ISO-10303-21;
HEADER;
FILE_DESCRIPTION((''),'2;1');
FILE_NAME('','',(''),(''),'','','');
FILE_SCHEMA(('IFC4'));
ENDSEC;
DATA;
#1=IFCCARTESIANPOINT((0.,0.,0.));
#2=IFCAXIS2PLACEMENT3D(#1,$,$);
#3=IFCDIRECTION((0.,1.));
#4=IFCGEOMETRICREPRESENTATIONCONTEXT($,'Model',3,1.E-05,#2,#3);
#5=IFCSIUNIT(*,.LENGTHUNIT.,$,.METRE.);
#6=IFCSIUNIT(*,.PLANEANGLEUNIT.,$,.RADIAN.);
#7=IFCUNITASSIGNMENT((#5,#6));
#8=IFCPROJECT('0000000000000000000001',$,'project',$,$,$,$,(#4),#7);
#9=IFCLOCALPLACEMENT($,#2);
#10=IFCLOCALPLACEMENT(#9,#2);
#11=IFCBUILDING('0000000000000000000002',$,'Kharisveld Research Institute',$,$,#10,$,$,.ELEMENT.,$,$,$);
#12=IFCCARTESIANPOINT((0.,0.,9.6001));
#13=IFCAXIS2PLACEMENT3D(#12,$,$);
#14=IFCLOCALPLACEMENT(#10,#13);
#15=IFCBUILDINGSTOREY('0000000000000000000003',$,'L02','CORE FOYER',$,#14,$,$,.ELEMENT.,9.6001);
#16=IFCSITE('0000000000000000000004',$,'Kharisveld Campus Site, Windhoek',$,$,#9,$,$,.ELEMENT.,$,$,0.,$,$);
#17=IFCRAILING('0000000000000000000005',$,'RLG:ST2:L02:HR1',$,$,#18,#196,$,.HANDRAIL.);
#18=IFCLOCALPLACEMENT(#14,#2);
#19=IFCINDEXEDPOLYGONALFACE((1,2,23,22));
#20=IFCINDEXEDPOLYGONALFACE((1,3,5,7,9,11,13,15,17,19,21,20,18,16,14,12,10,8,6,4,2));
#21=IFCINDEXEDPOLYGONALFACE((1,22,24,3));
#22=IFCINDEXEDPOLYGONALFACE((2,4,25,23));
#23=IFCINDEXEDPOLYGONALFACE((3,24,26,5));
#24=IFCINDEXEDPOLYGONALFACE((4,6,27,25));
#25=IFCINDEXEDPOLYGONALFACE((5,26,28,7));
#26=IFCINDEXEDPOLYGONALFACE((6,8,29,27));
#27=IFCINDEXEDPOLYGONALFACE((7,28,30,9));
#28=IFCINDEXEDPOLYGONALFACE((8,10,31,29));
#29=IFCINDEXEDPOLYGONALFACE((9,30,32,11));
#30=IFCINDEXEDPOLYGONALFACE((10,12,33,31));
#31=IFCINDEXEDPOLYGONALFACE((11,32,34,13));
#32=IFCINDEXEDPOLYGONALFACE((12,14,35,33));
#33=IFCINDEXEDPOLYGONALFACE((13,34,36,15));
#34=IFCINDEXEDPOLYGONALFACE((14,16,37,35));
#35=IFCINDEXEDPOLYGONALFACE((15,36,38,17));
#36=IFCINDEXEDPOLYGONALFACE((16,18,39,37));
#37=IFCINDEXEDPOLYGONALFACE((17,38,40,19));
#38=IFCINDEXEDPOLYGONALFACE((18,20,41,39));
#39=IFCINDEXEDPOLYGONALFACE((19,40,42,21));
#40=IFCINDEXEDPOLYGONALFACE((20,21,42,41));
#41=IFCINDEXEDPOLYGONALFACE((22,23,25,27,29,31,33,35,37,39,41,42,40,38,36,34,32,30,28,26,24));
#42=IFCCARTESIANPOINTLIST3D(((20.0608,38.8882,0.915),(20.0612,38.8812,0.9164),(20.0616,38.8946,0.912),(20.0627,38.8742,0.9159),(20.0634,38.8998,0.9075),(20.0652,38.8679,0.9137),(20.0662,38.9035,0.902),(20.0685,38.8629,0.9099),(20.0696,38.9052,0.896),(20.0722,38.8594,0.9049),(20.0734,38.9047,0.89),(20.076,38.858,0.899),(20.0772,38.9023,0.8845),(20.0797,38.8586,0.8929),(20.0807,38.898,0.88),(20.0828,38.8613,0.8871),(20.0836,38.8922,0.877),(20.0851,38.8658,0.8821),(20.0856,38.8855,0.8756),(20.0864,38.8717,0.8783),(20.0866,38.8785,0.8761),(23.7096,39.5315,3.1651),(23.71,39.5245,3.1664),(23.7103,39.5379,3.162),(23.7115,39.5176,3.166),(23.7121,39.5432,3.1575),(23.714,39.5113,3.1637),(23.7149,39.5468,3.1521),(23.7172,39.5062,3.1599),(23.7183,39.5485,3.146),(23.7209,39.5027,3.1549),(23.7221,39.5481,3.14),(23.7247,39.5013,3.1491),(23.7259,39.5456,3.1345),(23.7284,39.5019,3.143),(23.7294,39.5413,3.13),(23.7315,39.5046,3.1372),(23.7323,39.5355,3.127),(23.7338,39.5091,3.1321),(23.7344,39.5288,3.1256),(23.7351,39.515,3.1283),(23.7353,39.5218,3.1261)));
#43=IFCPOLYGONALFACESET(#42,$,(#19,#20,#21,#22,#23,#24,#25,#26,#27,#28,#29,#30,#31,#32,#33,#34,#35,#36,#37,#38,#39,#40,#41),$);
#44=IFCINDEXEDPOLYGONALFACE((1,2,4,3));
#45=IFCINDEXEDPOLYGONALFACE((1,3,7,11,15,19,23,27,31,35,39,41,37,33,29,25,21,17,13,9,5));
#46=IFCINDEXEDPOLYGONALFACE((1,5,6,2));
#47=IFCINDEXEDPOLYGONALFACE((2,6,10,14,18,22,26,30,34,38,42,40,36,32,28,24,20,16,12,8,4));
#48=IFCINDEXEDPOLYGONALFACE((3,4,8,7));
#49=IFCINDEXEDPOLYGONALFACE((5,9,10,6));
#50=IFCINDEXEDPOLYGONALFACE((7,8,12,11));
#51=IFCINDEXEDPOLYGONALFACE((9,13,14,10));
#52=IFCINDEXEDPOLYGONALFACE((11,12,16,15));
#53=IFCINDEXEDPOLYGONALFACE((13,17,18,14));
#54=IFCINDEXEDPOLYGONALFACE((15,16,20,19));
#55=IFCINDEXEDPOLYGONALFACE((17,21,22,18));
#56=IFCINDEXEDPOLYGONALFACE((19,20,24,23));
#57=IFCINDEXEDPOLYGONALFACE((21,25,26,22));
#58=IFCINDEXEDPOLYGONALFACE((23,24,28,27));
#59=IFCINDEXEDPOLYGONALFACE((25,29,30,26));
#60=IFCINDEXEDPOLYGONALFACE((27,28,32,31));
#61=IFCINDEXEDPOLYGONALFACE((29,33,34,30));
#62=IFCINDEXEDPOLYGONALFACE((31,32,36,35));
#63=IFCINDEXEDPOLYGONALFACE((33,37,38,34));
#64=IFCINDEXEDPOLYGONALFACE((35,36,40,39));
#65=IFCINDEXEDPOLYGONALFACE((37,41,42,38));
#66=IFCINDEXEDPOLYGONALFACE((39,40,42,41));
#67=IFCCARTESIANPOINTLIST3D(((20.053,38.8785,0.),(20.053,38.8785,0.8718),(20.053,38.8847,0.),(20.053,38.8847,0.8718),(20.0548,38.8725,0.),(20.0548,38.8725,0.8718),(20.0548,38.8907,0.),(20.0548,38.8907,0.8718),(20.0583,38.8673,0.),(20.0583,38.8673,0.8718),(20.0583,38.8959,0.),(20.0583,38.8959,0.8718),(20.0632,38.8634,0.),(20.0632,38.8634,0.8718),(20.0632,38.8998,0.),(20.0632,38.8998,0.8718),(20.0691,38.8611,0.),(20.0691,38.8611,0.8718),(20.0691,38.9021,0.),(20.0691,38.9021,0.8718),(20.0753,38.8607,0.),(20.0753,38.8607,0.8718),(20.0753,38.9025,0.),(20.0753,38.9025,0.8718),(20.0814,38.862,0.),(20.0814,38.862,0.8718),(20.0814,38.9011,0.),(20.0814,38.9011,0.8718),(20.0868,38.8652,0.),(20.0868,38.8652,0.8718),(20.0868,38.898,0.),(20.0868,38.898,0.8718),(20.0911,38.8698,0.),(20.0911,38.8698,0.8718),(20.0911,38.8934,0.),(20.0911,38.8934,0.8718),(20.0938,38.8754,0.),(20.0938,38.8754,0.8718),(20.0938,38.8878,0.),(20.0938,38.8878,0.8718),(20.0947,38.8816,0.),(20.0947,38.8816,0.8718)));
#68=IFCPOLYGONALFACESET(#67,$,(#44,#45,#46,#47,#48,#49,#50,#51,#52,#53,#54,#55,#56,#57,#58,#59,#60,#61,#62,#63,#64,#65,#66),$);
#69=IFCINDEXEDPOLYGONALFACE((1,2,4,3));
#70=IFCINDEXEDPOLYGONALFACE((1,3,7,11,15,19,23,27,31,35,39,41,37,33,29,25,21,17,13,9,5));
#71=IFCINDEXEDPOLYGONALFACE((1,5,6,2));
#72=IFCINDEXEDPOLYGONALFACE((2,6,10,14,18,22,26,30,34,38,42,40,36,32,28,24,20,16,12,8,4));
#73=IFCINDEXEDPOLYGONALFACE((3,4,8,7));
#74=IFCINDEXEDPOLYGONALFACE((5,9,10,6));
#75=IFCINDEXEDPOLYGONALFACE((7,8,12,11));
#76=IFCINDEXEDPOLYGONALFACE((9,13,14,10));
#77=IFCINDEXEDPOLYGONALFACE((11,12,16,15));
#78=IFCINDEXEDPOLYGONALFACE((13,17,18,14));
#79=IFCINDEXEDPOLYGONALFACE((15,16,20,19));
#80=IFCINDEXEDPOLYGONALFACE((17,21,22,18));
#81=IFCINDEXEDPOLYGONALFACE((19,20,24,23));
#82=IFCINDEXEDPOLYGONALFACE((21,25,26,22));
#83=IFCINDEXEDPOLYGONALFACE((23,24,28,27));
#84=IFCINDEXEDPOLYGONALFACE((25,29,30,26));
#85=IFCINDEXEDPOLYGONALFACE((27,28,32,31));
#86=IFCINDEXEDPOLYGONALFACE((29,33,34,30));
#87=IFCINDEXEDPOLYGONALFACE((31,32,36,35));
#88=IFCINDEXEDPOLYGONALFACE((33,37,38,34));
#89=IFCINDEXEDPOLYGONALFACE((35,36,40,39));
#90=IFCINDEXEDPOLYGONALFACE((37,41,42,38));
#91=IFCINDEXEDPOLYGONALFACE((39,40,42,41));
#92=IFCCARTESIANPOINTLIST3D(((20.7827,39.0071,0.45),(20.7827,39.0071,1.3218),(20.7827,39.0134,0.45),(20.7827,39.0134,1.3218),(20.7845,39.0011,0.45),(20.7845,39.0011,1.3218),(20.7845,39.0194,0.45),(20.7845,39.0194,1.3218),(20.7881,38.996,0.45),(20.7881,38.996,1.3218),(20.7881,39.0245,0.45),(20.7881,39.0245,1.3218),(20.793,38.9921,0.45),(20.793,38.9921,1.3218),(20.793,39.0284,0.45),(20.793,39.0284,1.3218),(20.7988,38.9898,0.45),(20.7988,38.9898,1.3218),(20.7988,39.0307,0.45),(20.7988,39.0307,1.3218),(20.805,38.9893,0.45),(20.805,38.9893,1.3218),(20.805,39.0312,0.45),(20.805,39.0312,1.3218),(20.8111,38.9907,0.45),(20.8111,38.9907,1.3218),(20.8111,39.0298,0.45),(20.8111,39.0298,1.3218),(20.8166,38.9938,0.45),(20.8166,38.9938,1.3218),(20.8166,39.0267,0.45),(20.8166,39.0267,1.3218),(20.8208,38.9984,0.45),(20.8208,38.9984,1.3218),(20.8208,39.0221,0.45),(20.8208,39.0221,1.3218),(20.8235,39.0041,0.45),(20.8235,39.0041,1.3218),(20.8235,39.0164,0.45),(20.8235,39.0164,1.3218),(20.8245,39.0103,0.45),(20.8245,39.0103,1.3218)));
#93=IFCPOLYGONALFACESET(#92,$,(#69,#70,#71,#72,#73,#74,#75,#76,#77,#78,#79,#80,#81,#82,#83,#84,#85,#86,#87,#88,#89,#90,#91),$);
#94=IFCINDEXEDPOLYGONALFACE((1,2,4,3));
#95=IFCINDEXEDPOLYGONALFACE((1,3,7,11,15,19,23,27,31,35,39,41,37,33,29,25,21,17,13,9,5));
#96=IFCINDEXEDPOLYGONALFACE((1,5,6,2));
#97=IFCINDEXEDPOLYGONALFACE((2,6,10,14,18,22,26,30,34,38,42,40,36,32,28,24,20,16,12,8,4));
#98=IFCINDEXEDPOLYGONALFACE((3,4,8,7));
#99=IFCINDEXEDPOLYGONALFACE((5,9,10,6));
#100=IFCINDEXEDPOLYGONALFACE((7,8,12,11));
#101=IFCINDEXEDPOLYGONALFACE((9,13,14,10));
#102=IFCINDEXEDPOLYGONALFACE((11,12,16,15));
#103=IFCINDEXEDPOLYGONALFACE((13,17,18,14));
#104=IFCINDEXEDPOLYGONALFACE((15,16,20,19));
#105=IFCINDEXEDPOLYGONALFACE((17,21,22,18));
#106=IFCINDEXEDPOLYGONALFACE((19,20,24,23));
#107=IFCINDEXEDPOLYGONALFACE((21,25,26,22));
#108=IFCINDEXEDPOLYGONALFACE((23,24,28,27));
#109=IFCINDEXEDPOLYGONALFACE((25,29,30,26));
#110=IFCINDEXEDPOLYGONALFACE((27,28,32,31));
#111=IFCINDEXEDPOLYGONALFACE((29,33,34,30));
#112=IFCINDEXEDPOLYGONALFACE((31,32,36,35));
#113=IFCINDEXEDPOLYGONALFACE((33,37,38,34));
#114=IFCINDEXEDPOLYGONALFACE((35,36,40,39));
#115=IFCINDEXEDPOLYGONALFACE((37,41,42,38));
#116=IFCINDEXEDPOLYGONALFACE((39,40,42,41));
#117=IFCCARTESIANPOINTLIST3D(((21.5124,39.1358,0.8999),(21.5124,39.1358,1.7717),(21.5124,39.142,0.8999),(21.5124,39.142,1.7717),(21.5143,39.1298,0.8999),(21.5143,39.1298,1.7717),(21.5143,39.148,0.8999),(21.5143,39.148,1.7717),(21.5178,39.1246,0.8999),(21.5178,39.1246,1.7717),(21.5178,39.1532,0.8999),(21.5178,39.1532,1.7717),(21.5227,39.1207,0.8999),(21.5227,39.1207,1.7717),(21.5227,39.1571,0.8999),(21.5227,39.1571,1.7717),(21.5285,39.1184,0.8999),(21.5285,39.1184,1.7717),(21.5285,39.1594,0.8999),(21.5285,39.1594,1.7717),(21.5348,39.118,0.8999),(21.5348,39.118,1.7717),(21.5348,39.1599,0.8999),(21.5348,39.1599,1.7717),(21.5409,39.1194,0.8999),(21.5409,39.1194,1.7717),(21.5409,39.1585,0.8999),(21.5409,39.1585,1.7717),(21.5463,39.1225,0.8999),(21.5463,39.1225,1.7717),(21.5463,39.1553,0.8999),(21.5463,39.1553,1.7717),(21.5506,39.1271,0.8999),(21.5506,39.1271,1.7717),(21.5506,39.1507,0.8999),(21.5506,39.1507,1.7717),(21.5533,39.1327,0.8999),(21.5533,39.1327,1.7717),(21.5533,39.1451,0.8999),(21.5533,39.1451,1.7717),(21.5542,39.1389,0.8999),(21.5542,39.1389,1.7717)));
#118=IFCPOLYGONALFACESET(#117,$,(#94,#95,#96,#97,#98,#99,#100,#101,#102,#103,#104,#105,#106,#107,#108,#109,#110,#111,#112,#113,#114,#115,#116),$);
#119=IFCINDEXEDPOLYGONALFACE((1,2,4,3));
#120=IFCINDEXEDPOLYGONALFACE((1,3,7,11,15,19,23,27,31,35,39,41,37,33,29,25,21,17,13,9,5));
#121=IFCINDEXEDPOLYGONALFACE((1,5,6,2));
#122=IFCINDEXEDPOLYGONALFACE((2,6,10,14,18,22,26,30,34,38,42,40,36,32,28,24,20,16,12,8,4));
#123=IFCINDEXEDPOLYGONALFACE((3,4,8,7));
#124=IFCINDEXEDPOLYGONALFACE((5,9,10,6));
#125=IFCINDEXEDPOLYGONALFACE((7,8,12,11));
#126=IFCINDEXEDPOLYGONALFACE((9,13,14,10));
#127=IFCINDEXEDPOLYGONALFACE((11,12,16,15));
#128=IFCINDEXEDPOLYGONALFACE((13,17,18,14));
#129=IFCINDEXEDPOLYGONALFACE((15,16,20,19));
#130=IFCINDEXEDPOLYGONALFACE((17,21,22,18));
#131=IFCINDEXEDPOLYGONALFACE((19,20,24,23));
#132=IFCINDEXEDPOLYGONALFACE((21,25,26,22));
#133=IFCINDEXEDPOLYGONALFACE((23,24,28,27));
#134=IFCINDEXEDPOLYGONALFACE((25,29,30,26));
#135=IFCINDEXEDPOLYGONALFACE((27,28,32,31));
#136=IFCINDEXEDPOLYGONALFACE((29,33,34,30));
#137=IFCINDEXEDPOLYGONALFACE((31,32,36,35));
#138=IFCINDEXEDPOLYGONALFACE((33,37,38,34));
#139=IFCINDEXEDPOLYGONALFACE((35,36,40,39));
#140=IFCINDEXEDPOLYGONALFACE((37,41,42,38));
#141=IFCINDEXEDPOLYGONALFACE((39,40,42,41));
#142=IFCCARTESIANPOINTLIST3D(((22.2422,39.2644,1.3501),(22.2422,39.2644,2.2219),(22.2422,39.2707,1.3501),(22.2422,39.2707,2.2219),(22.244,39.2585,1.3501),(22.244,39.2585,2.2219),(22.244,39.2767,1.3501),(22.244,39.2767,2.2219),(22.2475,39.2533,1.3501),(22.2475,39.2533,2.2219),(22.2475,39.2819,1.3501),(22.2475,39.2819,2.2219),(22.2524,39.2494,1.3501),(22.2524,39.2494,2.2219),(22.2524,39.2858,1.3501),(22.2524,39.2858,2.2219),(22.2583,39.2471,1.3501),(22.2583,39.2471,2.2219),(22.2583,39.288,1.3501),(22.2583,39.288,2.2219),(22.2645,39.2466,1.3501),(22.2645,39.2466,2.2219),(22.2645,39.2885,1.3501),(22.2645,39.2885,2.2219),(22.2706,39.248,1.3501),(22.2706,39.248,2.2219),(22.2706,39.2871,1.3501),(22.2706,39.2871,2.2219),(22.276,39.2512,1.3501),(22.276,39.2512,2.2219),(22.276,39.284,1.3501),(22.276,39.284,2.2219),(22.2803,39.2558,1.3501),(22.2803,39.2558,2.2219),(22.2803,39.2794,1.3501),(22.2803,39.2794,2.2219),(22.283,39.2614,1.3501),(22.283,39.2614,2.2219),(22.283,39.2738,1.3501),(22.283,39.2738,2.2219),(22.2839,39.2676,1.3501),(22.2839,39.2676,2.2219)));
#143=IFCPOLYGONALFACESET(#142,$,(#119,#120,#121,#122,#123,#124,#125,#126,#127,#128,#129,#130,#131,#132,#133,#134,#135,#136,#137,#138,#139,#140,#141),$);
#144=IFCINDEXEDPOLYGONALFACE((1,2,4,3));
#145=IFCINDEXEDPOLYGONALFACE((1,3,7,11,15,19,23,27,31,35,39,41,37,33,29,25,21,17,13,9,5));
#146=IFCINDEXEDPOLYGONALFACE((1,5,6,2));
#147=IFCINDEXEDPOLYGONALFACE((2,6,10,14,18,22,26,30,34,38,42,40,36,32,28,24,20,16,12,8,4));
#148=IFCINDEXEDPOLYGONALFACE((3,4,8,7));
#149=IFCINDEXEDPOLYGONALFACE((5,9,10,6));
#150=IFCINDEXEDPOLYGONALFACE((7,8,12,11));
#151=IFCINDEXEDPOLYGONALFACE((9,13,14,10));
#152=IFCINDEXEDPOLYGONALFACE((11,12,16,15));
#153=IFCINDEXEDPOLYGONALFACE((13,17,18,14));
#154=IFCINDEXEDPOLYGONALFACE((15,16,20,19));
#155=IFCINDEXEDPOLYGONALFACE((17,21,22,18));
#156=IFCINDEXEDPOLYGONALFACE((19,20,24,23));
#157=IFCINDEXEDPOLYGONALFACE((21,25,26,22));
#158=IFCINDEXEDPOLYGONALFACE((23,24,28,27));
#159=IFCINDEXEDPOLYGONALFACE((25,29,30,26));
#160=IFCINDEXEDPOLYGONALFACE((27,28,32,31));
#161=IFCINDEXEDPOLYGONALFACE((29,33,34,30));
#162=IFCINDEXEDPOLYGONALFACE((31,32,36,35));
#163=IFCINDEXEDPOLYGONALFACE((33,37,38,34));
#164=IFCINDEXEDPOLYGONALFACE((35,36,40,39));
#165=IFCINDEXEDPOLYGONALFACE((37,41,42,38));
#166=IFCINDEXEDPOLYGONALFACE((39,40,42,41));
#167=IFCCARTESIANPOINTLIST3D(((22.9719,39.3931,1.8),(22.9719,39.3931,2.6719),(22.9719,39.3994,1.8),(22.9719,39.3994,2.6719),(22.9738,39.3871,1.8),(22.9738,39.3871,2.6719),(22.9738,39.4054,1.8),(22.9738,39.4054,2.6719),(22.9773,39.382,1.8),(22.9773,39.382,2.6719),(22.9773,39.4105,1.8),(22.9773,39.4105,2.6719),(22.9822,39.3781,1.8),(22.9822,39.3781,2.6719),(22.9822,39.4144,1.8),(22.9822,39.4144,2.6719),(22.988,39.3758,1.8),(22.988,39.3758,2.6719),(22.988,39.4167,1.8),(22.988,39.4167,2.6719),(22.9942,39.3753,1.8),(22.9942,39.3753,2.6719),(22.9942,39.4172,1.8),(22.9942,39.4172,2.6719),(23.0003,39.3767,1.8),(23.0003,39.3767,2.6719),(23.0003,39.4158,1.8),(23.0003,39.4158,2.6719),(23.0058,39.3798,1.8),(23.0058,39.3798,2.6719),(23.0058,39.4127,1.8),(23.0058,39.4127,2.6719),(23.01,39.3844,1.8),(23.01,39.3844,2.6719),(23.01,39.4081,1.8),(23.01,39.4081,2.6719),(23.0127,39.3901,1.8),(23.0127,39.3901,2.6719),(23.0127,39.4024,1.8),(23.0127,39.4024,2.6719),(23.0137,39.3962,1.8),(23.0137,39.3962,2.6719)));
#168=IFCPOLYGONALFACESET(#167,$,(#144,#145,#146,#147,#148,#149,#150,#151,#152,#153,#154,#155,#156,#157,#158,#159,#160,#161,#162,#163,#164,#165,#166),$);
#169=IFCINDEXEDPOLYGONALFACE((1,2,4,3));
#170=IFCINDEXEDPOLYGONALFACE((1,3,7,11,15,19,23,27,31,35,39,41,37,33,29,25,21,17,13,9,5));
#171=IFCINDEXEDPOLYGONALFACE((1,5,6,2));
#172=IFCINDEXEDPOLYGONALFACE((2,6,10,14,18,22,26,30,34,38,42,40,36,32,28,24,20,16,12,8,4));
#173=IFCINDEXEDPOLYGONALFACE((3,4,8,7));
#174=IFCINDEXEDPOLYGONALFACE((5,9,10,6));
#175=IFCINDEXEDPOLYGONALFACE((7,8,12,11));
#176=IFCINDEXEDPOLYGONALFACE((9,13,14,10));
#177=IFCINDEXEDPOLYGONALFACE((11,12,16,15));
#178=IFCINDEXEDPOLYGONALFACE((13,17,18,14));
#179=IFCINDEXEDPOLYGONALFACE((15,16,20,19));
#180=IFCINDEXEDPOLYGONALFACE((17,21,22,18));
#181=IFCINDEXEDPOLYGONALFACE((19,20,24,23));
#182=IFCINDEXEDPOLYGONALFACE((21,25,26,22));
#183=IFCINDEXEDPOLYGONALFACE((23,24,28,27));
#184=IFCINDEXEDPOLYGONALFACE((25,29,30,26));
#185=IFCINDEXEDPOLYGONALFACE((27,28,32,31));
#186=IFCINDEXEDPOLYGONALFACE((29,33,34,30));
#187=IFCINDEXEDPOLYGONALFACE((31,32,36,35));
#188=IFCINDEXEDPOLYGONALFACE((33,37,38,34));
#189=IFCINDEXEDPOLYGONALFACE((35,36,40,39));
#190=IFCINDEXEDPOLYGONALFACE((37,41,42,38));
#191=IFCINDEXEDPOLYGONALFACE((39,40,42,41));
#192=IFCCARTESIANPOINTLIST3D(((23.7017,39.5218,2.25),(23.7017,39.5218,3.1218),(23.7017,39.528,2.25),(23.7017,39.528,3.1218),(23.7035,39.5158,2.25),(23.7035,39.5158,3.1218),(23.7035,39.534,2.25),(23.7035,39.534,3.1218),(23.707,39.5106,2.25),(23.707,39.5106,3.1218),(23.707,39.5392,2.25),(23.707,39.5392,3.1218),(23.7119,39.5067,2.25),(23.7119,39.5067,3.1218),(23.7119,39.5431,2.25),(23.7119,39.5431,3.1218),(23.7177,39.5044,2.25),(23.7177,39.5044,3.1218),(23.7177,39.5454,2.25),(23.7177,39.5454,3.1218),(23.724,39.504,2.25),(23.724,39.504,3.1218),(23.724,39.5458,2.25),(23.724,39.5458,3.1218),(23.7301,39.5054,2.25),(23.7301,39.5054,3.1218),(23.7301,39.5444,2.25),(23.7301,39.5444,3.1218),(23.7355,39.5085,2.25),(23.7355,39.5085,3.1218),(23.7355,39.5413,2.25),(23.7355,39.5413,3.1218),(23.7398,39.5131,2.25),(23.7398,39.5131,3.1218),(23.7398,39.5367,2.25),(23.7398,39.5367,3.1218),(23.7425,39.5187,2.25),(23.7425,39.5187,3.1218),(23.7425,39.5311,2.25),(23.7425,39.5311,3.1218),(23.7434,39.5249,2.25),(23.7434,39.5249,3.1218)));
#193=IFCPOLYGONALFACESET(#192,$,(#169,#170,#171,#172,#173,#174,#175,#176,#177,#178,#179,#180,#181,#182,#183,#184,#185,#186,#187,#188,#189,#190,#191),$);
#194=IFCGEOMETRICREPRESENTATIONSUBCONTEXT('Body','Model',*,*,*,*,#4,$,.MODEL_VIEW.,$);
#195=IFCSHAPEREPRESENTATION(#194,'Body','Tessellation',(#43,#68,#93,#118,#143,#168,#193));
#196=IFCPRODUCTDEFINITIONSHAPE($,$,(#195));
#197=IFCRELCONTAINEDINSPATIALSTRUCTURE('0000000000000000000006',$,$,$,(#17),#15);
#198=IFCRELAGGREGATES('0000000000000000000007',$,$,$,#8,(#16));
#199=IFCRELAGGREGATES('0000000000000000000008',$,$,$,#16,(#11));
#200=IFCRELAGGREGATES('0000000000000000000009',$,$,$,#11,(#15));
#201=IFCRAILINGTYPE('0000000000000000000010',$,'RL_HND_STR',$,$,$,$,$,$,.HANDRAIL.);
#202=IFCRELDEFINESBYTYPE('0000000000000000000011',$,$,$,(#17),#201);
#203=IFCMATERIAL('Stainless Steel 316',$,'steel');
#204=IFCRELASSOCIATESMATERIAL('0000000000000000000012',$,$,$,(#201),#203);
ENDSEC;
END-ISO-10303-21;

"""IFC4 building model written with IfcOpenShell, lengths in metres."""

from ifc_helpers import new_model, si_unit, direction, frame, origin, origin_2d, place, context, subcontext, project, spatial, circle, extrude, material, type_object, element, save


model = new_model("IFC4")

# Units and contexts
model_context = context("Model", 3, precision=1e-05, world=origin(), true_north=direction((0.0, 1.0)))
body_context = subcontext(model_context, "Body", "Model", "MODEL_VIEW")
ifc_project = project(units=[si_unit("LENGTHUNIT", "METRE"), si_unit("PLANEANGLEUNIT", "RADIAN")], contexts=[model_context])

# Site, building, storey
site_placement = place(None, origin())
site = spatial("IfcSite", under=ifc_project, at=site_placement, Name="Kharisveld Campus Site, Windhoek", CompositionType="ELEMENT", RefElevation=0.0)
building_placement = place(site_placement, origin())
building = spatial("IfcBuilding", under=site, at=building_placement, Name="Kharisveld Research Institute", CompositionType="ELEMENT")
storey_placement = place(building_placement, frame((0.0, 0.0, 9.6001)))
storey = spatial("IfcBuildingStorey", under=building, at=storey_placement, Name="L02", Description="CORE FOYER", CompositionType="ELEMENT", Elevation=9.6001)

# Railing
ifc_material_1 = material(Name="Stainless Steel 316", Category="steel")
railing_type_1 = type_object("IfcRailingType", Name="RL_HND_STR", PredefinedType="HANDRAIL", material=ifc_material_1)
railing_1_placement = place(storey_placement, frame((20.0737, 38.8816, 0.0)))
element("IfcRailing", 1, at=railing_1_placement, inside=storey, type_object=railing_type_1, Name="RLG:ST2:L02:HR1", PredefinedType="HANDRAIL", context=body_context, shape_type="SweptSolid", body=[
    extrude(circle(Radius=0.0239, at=origin_2d()), frame((0.0, 0.0, 0.896), z_axis=(0.841747, 0.148411, 0.519073), x_axis=(-0.173635, 0.98481, 0.0)), (0.0, 0.0, 1.0), 4.3347),
    extrude(circle(Radius=0.021, at=origin_2d()), origin(), (0.0, 0.0, 1.0), 0.8718),
    extrude(circle(Radius=0.021, at=origin_2d()), frame((0.7297, 0.1287, 0.45)), (0.0, 0.0, 1.0), 0.8718),
    extrude(circle(Radius=0.021, at=origin_2d()), frame((1.4595, 0.2573, 0.8999)), (0.0, 0.0, 1.0), 0.8718),
    extrude(circle(Radius=0.021, at=origin_2d()), frame((2.1892, 0.386, 1.3501)), (0.0, 0.0, 1.0), 0.8718),
    extrude(circle(Radius=0.021, at=origin_2d()), frame((2.9189, 0.5146, 1.8)), (0.0, 0.0, 1.0), 0.8718),
    extrude(circle(Radius=0.021, at=origin_2d()), frame((3.6487, 0.6433, 2.25)), (0.0, 0.0, 1.0), 0.8718),
])

save(model, "model.ifc")
